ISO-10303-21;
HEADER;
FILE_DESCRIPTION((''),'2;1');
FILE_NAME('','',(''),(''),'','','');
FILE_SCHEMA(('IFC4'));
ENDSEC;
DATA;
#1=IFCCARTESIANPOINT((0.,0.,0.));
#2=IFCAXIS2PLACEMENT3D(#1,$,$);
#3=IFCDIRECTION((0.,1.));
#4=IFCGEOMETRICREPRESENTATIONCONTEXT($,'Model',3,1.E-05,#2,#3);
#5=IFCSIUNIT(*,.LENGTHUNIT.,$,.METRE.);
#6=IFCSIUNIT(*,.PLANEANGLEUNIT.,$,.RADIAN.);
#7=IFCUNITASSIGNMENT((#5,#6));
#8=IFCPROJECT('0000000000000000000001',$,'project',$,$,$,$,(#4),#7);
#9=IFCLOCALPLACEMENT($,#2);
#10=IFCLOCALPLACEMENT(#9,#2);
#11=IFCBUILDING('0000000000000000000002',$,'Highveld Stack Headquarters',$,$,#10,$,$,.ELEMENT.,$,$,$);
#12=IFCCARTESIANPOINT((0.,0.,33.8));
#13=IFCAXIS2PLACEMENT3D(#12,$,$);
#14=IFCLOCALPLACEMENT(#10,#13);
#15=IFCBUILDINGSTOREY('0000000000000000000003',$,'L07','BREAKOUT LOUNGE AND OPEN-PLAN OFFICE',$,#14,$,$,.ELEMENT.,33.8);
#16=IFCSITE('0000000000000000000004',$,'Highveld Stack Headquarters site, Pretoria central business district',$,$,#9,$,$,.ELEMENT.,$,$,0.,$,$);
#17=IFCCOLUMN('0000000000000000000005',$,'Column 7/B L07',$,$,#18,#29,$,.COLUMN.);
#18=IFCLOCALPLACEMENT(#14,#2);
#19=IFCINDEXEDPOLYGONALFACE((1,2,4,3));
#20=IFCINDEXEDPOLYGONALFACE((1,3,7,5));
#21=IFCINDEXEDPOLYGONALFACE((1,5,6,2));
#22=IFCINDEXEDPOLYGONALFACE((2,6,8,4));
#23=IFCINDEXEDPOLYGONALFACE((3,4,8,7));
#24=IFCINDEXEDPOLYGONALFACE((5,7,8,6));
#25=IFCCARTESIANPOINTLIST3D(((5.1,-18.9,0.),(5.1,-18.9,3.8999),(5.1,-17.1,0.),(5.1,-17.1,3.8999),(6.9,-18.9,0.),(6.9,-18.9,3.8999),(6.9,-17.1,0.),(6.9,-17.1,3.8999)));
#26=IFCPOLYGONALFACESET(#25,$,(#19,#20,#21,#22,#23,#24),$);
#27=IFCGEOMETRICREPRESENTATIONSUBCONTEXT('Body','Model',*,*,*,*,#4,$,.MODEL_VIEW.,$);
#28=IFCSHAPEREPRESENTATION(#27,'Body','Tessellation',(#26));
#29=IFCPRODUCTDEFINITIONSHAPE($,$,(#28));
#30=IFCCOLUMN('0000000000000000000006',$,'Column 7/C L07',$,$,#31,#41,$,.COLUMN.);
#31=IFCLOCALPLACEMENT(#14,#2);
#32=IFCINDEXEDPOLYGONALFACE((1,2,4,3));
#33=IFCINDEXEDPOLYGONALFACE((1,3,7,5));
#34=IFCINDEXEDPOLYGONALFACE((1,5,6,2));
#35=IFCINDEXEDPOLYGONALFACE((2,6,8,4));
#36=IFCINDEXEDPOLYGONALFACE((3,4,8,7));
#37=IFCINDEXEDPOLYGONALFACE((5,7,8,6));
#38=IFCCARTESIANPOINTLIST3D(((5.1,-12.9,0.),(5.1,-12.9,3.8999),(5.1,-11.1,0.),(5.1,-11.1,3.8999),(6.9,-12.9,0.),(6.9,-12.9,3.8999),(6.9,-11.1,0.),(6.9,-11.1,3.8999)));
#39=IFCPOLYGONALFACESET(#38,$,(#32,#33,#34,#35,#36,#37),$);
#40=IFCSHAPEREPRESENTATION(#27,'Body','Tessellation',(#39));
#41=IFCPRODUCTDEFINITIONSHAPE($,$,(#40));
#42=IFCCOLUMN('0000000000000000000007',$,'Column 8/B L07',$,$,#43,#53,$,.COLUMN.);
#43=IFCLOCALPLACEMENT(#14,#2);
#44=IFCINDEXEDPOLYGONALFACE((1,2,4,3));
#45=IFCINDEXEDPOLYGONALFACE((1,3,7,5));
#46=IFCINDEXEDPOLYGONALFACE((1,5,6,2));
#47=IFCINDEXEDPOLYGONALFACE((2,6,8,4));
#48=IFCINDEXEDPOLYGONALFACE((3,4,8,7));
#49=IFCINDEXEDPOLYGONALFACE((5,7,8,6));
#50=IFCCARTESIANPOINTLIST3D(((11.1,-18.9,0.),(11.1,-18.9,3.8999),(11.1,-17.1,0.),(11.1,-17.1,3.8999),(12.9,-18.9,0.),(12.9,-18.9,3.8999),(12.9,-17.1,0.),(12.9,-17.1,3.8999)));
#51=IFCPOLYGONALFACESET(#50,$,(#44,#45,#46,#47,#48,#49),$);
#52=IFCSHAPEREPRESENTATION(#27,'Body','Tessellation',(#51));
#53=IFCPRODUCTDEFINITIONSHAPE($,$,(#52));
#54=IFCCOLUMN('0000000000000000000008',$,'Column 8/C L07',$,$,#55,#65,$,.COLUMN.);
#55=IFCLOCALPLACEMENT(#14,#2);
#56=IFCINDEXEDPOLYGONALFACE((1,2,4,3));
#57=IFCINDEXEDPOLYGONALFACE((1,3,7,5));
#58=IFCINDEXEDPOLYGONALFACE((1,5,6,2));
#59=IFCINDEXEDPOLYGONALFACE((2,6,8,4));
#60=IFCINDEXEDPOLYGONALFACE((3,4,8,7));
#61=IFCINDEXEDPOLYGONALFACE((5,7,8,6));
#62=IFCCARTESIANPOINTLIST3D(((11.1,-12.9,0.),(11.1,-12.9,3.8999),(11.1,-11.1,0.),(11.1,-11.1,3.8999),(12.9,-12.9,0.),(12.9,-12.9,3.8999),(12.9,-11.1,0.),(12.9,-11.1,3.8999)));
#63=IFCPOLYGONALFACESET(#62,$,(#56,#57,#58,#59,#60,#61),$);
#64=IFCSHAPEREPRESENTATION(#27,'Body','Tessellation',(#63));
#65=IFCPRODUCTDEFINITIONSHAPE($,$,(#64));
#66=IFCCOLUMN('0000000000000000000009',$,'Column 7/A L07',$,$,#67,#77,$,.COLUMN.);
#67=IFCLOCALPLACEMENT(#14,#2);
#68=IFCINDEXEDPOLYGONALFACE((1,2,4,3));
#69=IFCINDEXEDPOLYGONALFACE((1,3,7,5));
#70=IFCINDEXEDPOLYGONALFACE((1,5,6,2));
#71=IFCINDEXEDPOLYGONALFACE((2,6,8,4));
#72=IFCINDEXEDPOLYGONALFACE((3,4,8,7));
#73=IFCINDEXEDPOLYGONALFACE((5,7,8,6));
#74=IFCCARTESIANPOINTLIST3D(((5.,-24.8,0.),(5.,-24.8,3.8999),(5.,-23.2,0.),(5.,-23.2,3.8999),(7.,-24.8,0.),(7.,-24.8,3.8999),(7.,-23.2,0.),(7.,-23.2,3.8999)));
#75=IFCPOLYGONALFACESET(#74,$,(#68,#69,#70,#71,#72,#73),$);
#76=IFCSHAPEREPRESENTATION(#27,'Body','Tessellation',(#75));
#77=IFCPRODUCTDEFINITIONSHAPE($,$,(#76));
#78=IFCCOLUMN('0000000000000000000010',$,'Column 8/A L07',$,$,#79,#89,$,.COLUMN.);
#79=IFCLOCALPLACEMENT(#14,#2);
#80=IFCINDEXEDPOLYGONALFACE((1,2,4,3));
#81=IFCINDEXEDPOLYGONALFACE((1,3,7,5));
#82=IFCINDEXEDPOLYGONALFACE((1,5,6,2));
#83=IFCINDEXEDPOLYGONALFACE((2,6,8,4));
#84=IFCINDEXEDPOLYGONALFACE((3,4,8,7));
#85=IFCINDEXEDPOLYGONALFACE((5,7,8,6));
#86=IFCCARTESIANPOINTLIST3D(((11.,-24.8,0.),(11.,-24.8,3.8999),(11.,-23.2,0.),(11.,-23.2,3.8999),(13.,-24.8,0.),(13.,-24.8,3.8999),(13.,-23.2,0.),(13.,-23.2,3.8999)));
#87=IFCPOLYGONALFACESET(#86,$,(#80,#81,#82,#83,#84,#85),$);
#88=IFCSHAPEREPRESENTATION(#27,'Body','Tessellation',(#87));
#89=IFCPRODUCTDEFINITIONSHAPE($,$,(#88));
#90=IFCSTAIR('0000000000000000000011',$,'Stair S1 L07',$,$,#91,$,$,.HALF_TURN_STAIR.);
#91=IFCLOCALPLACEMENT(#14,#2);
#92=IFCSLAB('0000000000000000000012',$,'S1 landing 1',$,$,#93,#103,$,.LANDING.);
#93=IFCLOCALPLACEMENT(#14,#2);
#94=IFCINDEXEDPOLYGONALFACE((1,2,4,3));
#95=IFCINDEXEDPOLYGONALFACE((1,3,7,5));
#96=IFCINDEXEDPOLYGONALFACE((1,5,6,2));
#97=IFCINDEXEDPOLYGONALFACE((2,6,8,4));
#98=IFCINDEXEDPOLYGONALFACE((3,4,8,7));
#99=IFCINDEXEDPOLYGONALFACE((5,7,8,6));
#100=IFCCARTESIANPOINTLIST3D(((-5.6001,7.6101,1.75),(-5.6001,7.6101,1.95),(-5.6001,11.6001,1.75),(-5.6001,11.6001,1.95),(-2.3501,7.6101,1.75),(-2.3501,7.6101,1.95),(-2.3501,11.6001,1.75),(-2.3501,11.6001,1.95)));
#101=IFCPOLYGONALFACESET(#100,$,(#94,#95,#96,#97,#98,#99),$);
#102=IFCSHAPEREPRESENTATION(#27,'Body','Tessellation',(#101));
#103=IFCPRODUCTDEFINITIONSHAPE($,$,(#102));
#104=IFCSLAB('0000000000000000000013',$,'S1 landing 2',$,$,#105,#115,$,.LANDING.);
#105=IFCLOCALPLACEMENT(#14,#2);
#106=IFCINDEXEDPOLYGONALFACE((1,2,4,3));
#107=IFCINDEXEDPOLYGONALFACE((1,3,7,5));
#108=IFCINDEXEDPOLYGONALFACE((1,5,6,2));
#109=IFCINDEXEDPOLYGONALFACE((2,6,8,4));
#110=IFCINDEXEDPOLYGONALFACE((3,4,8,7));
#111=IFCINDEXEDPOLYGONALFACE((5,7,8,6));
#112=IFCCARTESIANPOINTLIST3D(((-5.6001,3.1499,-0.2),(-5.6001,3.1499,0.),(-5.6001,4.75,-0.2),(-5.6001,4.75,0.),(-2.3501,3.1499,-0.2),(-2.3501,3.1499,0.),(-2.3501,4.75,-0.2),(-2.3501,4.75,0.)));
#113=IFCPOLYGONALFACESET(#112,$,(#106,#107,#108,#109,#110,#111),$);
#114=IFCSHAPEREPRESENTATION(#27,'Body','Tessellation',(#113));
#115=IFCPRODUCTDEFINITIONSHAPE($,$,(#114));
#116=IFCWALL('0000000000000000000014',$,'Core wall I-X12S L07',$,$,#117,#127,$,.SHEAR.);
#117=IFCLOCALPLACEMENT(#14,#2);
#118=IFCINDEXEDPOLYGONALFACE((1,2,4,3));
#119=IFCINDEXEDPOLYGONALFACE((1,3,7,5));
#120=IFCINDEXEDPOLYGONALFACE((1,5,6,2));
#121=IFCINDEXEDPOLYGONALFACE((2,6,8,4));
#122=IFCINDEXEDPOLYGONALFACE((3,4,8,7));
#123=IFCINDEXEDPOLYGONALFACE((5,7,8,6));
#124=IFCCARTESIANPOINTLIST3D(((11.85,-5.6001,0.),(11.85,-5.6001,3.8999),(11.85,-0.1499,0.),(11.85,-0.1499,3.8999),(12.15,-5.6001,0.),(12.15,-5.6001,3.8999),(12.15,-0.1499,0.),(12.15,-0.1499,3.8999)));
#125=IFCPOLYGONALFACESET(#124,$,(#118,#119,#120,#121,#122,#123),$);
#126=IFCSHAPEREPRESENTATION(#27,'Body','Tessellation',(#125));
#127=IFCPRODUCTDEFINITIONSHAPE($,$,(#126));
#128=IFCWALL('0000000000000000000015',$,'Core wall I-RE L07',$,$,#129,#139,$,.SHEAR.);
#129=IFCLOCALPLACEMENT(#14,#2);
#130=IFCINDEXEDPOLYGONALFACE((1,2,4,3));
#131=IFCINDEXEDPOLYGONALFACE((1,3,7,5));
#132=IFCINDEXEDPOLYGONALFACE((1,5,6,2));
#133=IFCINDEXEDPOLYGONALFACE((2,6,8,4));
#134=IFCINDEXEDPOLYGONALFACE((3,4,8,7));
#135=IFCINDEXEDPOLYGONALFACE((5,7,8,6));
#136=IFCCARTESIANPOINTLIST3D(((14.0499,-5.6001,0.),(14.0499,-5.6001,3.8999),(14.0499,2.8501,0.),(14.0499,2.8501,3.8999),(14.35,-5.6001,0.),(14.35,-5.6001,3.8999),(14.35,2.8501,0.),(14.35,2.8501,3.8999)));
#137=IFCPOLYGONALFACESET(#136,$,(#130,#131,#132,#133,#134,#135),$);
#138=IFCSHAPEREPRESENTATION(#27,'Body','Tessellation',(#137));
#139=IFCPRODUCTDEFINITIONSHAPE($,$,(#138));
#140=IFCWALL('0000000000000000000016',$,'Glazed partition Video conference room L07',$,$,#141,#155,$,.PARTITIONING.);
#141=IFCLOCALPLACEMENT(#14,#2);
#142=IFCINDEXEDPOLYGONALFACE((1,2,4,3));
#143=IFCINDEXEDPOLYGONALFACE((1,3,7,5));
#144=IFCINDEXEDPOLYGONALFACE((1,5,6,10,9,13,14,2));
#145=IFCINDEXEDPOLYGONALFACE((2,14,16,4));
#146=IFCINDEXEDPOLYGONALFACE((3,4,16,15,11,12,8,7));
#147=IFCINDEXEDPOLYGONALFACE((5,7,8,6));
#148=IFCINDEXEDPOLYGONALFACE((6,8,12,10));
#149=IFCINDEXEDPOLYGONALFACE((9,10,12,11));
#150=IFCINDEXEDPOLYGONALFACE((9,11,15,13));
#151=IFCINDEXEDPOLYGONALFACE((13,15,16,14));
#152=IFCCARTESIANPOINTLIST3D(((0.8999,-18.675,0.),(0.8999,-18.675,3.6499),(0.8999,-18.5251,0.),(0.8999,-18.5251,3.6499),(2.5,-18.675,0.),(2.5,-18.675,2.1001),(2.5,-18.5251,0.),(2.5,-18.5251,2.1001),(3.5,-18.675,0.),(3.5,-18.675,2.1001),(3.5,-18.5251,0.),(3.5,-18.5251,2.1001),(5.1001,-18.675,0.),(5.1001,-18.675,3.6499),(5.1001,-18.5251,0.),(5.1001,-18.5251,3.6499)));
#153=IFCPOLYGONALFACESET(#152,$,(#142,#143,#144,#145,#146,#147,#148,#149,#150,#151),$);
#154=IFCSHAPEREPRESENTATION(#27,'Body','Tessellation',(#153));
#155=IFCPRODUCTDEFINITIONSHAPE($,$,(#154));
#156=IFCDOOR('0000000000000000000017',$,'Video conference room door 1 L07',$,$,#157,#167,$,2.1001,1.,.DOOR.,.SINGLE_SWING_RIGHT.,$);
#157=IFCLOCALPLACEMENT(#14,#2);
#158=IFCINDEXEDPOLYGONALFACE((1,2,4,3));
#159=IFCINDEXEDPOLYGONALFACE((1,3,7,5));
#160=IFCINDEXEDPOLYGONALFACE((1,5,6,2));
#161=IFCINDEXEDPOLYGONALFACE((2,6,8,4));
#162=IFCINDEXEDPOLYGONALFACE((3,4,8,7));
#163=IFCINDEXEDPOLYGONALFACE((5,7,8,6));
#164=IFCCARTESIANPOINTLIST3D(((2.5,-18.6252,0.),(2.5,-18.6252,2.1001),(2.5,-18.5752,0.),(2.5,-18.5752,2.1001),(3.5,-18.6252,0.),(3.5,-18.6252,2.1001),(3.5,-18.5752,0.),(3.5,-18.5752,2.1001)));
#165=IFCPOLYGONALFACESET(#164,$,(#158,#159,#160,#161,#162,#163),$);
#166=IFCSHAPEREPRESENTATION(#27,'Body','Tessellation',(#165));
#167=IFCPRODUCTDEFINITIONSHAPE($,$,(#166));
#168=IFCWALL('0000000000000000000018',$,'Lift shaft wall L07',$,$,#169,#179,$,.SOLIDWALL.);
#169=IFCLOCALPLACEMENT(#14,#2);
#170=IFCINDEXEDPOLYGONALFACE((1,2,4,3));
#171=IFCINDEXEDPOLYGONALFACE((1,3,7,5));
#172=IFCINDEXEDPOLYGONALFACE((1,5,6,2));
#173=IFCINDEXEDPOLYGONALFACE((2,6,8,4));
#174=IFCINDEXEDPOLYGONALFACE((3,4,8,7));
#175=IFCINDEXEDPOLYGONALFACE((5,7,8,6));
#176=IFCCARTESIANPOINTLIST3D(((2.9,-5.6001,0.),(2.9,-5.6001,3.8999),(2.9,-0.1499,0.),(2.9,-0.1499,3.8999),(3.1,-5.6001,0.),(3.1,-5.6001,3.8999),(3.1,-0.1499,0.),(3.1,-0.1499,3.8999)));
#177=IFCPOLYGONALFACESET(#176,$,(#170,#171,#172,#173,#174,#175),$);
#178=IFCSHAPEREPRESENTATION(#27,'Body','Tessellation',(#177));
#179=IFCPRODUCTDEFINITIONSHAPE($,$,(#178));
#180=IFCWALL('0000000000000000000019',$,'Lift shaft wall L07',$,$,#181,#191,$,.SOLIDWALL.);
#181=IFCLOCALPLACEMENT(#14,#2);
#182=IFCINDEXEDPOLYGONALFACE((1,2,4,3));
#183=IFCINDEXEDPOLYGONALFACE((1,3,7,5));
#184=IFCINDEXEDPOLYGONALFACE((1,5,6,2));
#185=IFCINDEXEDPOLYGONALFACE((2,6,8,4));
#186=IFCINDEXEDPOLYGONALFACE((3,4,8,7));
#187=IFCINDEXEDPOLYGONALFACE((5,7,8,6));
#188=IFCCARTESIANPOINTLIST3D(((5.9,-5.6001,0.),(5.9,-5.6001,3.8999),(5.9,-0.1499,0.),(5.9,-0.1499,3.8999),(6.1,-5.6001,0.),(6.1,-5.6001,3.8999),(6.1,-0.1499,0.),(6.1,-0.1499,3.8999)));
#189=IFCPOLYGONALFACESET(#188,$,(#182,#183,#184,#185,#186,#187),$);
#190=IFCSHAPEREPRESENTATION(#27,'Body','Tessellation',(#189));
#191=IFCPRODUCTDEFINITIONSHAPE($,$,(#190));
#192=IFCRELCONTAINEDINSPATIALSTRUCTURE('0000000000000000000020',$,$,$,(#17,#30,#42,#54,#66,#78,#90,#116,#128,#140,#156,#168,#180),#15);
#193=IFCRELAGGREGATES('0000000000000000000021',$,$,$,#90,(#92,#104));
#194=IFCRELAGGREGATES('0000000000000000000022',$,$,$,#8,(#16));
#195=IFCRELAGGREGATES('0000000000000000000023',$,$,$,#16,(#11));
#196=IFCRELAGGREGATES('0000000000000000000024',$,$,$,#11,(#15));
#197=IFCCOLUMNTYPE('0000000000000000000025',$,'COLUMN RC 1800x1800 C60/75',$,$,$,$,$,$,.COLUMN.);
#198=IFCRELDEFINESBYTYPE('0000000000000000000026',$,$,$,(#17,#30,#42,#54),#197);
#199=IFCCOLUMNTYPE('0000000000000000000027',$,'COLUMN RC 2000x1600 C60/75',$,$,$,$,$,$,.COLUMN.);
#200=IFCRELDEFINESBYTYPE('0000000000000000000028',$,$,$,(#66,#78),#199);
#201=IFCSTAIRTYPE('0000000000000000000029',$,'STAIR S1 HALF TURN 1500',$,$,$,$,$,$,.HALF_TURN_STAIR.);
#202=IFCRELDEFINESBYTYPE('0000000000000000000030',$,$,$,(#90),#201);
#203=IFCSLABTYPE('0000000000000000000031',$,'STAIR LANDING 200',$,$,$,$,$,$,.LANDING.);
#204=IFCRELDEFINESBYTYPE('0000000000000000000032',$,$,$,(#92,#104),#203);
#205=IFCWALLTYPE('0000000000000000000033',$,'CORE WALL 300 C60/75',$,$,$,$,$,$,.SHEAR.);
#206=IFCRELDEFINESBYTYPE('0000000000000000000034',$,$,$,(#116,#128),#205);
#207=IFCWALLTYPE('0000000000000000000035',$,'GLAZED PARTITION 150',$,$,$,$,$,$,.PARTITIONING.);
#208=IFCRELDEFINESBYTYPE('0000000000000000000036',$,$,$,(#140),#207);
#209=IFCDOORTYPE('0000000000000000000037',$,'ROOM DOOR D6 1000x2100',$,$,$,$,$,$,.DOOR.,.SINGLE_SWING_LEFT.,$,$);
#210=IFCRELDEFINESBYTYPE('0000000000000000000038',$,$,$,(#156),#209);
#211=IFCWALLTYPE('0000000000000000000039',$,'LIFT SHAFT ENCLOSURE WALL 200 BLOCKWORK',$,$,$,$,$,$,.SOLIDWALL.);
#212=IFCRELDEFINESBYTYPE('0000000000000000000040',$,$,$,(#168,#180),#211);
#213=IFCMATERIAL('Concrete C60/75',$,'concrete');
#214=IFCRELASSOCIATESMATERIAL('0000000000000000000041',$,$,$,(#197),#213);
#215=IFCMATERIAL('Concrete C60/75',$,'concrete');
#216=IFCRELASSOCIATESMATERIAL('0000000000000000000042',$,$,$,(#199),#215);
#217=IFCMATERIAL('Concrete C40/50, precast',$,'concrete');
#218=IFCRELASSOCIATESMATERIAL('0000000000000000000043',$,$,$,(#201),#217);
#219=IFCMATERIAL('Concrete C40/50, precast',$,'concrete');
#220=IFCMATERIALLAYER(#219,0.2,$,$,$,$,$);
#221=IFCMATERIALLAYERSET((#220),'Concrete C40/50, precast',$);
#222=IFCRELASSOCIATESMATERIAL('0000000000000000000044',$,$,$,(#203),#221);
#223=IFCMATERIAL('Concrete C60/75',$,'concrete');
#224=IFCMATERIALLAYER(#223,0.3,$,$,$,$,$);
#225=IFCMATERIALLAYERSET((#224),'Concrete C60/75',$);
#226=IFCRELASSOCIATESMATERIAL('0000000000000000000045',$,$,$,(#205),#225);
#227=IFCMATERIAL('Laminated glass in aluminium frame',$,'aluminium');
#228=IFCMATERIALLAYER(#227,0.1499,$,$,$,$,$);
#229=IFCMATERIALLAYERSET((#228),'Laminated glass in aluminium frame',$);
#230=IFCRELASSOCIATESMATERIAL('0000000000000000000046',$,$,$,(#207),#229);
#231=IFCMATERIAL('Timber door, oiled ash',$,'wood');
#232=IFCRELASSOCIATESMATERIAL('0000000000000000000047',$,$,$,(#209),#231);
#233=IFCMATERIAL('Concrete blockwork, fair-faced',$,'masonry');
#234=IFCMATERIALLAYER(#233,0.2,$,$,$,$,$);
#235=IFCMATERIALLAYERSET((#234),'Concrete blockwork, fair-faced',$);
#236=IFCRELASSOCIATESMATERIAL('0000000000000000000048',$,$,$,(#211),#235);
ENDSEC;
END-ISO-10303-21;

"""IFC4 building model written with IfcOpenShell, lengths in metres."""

from ifc_helpers import new_model, si_unit, direction, frame, frame_2d, origin, origin_2d, place, context, subcontext, project, spatial, polyline, rectangle, outline, extrude, material, layer, layer_set, material_profile, profile_set, type_object, element, fill, aggregate, save


model = new_model("IFC4")

# Units and contexts
model_context = context("Model", 3, precision=1e-05, world=origin(), true_north=direction((0.0, 1.0)))
body_context = subcontext(model_context, "Body", "Model", "MODEL_VIEW")
ifc_project = project(units=[si_unit("LENGTHUNIT", "METRE"), si_unit("PLANEANGLEUNIT", "RADIAN")], contexts=[model_context])

# Site, building, storey
site_placement = place(None, origin())
site = spatial("IfcSite", under=ifc_project, at=site_placement, Name="Highveld Stack Headquarters site, Pretoria central business district", CompositionType="ELEMENT", RefElevation=0.0)
building_placement = place(site_placement, origin())
building = spatial("IfcBuilding", under=site, at=building_placement, Name="Highveld Stack Headquarters", CompositionType="ELEMENT")
storey_placement = place(building_placement, frame((0.0, 0.0, 33.8)))
storey = spatial("IfcBuildingStorey", under=building, at=storey_placement, Name="L07", Description="BREAKOUT LOUNGE AND OPEN-PLAN OFFICE", CompositionType="ELEMENT", Elevation=33.8)

# Columns
ifc_material_1 = material(Name="Concrete C60/75", Category="concrete")
ifc_material_profile_1 = material_profile(ifc_material_1, rectangle(XDim=1.8, YDim=1.8, at=origin_2d()), Name="RC 1800x1800")
ifc_profile_set_1 = profile_set([ifc_material_profile_1], Name="Concrete C60/75")
column_type_1 = type_object("IfcColumnType", Name="COLUMN RC 1800x1800 C60/75", PredefinedType="COLUMN", material=ifc_profile_set_1)
for number, where, z_axis, x_axis, name in (
    (1, (6.0, -18.0, 0.0), (0.0, 0.0, 1.0), (1.0, 0.0, 0.0), "Column 7/B L07"),
    (2, (6.0, -12.0, 0.0), (0.0, 0.0, 1.0), (1.0, 0.0, 0.0), "Column 7/C L07"),
    (3, (12.0, -18.0, 0.0), (0.0, 0.0, 1.0), (1.0, 0.0, 0.0), "Column 8/B L07"),
    (4, (12.0, -12.0, 0.0), (0.0, 0.0, 1.0), (1.0, 0.0, 0.0), "Column 8/C L07"),
):
    element("IfcColumn", number, at=place(storey_placement, frame(where, z_axis=z_axis, x_axis=x_axis)), inside=storey, type_object=column_type_1, Name=name, PredefinedType="COLUMN", context=body_context, shape_type="SweptSolid", body=[
        extrude(rectangle(XDim=1.8, YDim=1.8, at=origin_2d()), origin(), (0.0, 0.0, 1.0), 3.8999),
    ])
ifc_material_2 = material(Name="Concrete C60/75", Category="concrete")
ifc_material_profile_2 = material_profile(ifc_material_2, rectangle(XDim=2.0, YDim=1.6001, at=origin_2d()), Name="RC 2000x1600")
ifc_profile_set_2 = profile_set([ifc_material_profile_2], Name="Concrete C60/75")
column_type_2 = type_object("IfcColumnType", Name="COLUMN RC 2000x1600 C60/75", PredefinedType="COLUMN", material=ifc_profile_set_2)
for number, where, z_axis, x_axis, name in (
    (5, (6.0, -24.0, 0.0), (0.0, 0.0, 1.0), (1.0, 0.0, 0.0), "Column 7/A L07"),
    (6, (12.0, -24.0, 0.0), (0.0, 0.0, 1.0), (1.0, 0.0, 0.0), "Column 8/A L07"),
):
    element("IfcColumn", number, at=place(storey_placement, frame(where, z_axis=z_axis, x_axis=x_axis)), inside=storey, type_object=column_type_2, Name=name, PredefinedType="COLUMN", context=body_context, shape_type="SweptSolid", body=[
        extrude(rectangle(XDim=2.0, YDim=1.6001, at=origin_2d()), origin(), (0.0, 0.0, 1.0), 3.8999),
    ])

# Stair, slabs
ifc_material_3 = material(Name="Concrete C40/50, precast", Category="concrete")
stair_type_1 = type_object("IfcStairType", Name="STAIR S1 HALF TURN 1500", PredefinedType="HALF_TURN_STAIR", material=ifc_material_3)
stair_1_placement = place(storey_placement, origin())
stair_1 = element("IfcStair", 7, at=stair_1_placement, inside=storey, type_object=stair_type_1, Name="Stair S1 L07", PredefinedType="HALF_TURN_STAIR")
ifc_material_4 = material(Name="Concrete C40/50, precast", Category="concrete")
ifc_layer_1 = layer(ifc_material_4, 0.2)
ifc_layer_set_1 = layer_set([ifc_layer_1], Name="Concrete C40/50, precast")
slab_type = type_object("IfcSlabType", Name="STAIR LANDING 200", PredefinedType="LANDING", material=ifc_layer_set_1)
slab_1_placement = place(storey_placement, frame((0.0, 0.0, 1.75)))
slab_1 = element("IfcSlab", 8, at=slab_1_placement, type_object=slab_type, Name="S1 landing 1", PredefinedType="LANDING", context=body_context, shape_type="SweptSolid", body=[
    extrude(outline(polyline([(-5.6001, 7.6101), (-2.3501, 7.6101), (-2.3501, 11.6001), (-5.6001, 11.6001), (-5.6001, 7.6101)])), origin(), (0.0, 0.0, 1.0), 0.2),
])
slab_2_placement = place(storey_placement, frame((0.0, 0.0, -0.2)))
slab_2 = element("IfcSlab", 9, at=slab_2_placement, type_object=slab_type, Name="S1 landing 2", PredefinedType="LANDING", context=body_context, shape_type="SweptSolid", body=[
    extrude(outline(polyline([(-5.6001, 3.1499), (-2.3501, 3.1499), (-2.3501, 4.75), (-5.6001, 4.75), (-5.6001, 3.1499)])), origin(), (0.0, 0.0, 1.0), 0.2),
])
aggregate(stair_1, [slab_1, slab_2])

# Walls
ifc_material_5 = material(Name="Concrete C60/75", Category="concrete")
ifc_layer_2 = layer(ifc_material_5, 0.3)
ifc_layer_set_2 = layer_set([ifc_layer_2], Name="Concrete C60/75")
wall_type_1 = type_object("IfcWallType", Name="CORE WALL 300 C60/75", PredefinedType="SHEAR", material=ifc_layer_set_2)
wall_1_placement = place(storey_placement, frame((12.0, -5.6001, 0.0), z_axis=(0.0, 0.0, 1.0), x_axis=(0.0, 1.0, 0.0)))
element("IfcWall", 10, at=wall_1_placement, inside=storey, type_object=wall_type_1, Name="Core wall I-X12S L07", PredefinedType="SHEAR", context=body_context, shape_type="SweptSolid", body=[
    extrude(rectangle(XDim=5.4502, YDim=0.3, at=frame_2d((2.7251, 0.0))), origin(), (0.0, 0.0, 1.0), 3.8999),
])
wall_2_placement = place(storey_placement, frame((14.2, -5.6001, 0.0), z_axis=(0.0, 0.0, 1.0), x_axis=(0.0, 1.0, 0.0)))
element("IfcWall", 11, at=wall_2_placement, inside=storey, type_object=wall_type_1, Name="Core wall I-RE L07", PredefinedType="SHEAR", context=body_context, shape_type="SweptSolid", body=[
    extrude(rectangle(XDim=8.4502, YDim=0.3, at=frame_2d((4.2251, 0.0))), origin(), (0.0, 0.0, 1.0), 3.8999),
])

# Wall, opening, door
ifc_material_6 = material(Name="Laminated glass in aluminium frame", Category="aluminium")
ifc_layer_3 = layer(ifc_material_6, 0.1499)
ifc_layer_set_3 = layer_set([ifc_layer_3], Name="Laminated glass in aluminium frame")
wall_type_2 = type_object("IfcWallType", Name="GLAZED PARTITION 150", PredefinedType="PARTITIONING", material=ifc_layer_set_3)
wall_3_placement = place(storey_placement, frame((0.8999, -18.6001, 0.0), z_axis=(0.0, 0.0, 1.0), x_axis=(1.0, 0.0, 0.0)))
wall_3 = element("IfcWall", 12, at=wall_3_placement, inside=storey, type_object=wall_type_2, Name="Glazed partition Video conference room L07", PredefinedType="PARTITIONING", context=body_context, shape_type="SweptSolid", body=[
    extrude(rectangle(XDim=4.2002, YDim=0.1499, at=frame_2d((2.1001, 0.0))), origin(), (0.0, 0.0, 1.0), 3.6499),
])
opening_1_placement = place(wall_3_placement, frame((1.6001, 0.0, 0.0)))
opening_1 = element("IfcOpeningElement", 13, at=opening_1_placement, cuts=wall_3, PredefinedType="OPENING", context=body_context, shape_type="SweptSolid", body=[
    extrude(rectangle(XDim=1.0, YDim=2.1001, at=frame_2d((0.5, 1.05))), frame((0.0, 0.085, 0.0), z_axis=(0.0, -1.0, 0.0), x_axis=(1.0, 0.0, 0.0)), (0.0, 0.0, 1.0), 0.1699),
])
ifc_material_7 = material(Name="Timber door, oiled ash", Category="wood")
door_type = type_object("IfcDoorType", Name="ROOM DOOR D6 1000x2100", OperationType="SINGLE_SWING_LEFT", PredefinedType="DOOR", material=ifc_material_7)
door_1_placement = place(opening_1_placement, origin())
door_1 = element("IfcDoor", 14, at=door_1_placement, inside=storey, type_object=door_type, Name="Video conference room door 1 L07", OperationType="SINGLE_SWING_RIGHT", OverallHeight=2.1001, OverallWidth=1.0, PredefinedType="DOOR", context=body_context, shape_type="SweptSolid", body=[
    extrude(rectangle(XDim=1.0, YDim=2.1001, at=frame_2d((0.5, 1.05))), frame((0.0, 0.0249, 0.0), z_axis=(0.0, -1.0, 0.0), x_axis=(1.0, 0.0, 0.0)), (0.0, 0.0, 1.0), 0.05),
])
fill(opening_1, door_1)

# Walls
ifc_material_8 = material(Name="Concrete blockwork, fair-faced", Category="masonry")
ifc_layer_4 = layer(ifc_material_8, 0.2)
ifc_layer_set_4 = layer_set([ifc_layer_4], Name="Concrete blockwork, fair-faced")
wall_type_3 = type_object("IfcWallType", Name="LIFT SHAFT ENCLOSURE WALL 200 BLOCKWORK", PredefinedType="SOLIDWALL", material=ifc_layer_set_4)
for number, where, z_axis, x_axis, name in (
    (15, (3.0, -5.6001, 0.0), (0.0, 0.0, 1.0), (0.0, 1.0, 0.0), "Lift shaft wall L07"),
    (16, (6.0, -5.6001, 0.0), (0.0, 0.0, 1.0), (0.0, 1.0, 0.0), "Lift shaft wall L07"),
):
    element("IfcWall", number, at=place(storey_placement, frame(where, z_axis=z_axis, x_axis=x_axis)), inside=storey, type_object=wall_type_3, Name=name, PredefinedType="SOLIDWALL", context=body_context, shape_type="SweptSolid", body=[
        extrude(rectangle(XDim=5.4502, YDim=0.2, at=frame_2d((2.7251, 0.0))), origin(), (0.0, 0.0, 1.0), 3.8999),
    ])

save(model, "model.ifc")
